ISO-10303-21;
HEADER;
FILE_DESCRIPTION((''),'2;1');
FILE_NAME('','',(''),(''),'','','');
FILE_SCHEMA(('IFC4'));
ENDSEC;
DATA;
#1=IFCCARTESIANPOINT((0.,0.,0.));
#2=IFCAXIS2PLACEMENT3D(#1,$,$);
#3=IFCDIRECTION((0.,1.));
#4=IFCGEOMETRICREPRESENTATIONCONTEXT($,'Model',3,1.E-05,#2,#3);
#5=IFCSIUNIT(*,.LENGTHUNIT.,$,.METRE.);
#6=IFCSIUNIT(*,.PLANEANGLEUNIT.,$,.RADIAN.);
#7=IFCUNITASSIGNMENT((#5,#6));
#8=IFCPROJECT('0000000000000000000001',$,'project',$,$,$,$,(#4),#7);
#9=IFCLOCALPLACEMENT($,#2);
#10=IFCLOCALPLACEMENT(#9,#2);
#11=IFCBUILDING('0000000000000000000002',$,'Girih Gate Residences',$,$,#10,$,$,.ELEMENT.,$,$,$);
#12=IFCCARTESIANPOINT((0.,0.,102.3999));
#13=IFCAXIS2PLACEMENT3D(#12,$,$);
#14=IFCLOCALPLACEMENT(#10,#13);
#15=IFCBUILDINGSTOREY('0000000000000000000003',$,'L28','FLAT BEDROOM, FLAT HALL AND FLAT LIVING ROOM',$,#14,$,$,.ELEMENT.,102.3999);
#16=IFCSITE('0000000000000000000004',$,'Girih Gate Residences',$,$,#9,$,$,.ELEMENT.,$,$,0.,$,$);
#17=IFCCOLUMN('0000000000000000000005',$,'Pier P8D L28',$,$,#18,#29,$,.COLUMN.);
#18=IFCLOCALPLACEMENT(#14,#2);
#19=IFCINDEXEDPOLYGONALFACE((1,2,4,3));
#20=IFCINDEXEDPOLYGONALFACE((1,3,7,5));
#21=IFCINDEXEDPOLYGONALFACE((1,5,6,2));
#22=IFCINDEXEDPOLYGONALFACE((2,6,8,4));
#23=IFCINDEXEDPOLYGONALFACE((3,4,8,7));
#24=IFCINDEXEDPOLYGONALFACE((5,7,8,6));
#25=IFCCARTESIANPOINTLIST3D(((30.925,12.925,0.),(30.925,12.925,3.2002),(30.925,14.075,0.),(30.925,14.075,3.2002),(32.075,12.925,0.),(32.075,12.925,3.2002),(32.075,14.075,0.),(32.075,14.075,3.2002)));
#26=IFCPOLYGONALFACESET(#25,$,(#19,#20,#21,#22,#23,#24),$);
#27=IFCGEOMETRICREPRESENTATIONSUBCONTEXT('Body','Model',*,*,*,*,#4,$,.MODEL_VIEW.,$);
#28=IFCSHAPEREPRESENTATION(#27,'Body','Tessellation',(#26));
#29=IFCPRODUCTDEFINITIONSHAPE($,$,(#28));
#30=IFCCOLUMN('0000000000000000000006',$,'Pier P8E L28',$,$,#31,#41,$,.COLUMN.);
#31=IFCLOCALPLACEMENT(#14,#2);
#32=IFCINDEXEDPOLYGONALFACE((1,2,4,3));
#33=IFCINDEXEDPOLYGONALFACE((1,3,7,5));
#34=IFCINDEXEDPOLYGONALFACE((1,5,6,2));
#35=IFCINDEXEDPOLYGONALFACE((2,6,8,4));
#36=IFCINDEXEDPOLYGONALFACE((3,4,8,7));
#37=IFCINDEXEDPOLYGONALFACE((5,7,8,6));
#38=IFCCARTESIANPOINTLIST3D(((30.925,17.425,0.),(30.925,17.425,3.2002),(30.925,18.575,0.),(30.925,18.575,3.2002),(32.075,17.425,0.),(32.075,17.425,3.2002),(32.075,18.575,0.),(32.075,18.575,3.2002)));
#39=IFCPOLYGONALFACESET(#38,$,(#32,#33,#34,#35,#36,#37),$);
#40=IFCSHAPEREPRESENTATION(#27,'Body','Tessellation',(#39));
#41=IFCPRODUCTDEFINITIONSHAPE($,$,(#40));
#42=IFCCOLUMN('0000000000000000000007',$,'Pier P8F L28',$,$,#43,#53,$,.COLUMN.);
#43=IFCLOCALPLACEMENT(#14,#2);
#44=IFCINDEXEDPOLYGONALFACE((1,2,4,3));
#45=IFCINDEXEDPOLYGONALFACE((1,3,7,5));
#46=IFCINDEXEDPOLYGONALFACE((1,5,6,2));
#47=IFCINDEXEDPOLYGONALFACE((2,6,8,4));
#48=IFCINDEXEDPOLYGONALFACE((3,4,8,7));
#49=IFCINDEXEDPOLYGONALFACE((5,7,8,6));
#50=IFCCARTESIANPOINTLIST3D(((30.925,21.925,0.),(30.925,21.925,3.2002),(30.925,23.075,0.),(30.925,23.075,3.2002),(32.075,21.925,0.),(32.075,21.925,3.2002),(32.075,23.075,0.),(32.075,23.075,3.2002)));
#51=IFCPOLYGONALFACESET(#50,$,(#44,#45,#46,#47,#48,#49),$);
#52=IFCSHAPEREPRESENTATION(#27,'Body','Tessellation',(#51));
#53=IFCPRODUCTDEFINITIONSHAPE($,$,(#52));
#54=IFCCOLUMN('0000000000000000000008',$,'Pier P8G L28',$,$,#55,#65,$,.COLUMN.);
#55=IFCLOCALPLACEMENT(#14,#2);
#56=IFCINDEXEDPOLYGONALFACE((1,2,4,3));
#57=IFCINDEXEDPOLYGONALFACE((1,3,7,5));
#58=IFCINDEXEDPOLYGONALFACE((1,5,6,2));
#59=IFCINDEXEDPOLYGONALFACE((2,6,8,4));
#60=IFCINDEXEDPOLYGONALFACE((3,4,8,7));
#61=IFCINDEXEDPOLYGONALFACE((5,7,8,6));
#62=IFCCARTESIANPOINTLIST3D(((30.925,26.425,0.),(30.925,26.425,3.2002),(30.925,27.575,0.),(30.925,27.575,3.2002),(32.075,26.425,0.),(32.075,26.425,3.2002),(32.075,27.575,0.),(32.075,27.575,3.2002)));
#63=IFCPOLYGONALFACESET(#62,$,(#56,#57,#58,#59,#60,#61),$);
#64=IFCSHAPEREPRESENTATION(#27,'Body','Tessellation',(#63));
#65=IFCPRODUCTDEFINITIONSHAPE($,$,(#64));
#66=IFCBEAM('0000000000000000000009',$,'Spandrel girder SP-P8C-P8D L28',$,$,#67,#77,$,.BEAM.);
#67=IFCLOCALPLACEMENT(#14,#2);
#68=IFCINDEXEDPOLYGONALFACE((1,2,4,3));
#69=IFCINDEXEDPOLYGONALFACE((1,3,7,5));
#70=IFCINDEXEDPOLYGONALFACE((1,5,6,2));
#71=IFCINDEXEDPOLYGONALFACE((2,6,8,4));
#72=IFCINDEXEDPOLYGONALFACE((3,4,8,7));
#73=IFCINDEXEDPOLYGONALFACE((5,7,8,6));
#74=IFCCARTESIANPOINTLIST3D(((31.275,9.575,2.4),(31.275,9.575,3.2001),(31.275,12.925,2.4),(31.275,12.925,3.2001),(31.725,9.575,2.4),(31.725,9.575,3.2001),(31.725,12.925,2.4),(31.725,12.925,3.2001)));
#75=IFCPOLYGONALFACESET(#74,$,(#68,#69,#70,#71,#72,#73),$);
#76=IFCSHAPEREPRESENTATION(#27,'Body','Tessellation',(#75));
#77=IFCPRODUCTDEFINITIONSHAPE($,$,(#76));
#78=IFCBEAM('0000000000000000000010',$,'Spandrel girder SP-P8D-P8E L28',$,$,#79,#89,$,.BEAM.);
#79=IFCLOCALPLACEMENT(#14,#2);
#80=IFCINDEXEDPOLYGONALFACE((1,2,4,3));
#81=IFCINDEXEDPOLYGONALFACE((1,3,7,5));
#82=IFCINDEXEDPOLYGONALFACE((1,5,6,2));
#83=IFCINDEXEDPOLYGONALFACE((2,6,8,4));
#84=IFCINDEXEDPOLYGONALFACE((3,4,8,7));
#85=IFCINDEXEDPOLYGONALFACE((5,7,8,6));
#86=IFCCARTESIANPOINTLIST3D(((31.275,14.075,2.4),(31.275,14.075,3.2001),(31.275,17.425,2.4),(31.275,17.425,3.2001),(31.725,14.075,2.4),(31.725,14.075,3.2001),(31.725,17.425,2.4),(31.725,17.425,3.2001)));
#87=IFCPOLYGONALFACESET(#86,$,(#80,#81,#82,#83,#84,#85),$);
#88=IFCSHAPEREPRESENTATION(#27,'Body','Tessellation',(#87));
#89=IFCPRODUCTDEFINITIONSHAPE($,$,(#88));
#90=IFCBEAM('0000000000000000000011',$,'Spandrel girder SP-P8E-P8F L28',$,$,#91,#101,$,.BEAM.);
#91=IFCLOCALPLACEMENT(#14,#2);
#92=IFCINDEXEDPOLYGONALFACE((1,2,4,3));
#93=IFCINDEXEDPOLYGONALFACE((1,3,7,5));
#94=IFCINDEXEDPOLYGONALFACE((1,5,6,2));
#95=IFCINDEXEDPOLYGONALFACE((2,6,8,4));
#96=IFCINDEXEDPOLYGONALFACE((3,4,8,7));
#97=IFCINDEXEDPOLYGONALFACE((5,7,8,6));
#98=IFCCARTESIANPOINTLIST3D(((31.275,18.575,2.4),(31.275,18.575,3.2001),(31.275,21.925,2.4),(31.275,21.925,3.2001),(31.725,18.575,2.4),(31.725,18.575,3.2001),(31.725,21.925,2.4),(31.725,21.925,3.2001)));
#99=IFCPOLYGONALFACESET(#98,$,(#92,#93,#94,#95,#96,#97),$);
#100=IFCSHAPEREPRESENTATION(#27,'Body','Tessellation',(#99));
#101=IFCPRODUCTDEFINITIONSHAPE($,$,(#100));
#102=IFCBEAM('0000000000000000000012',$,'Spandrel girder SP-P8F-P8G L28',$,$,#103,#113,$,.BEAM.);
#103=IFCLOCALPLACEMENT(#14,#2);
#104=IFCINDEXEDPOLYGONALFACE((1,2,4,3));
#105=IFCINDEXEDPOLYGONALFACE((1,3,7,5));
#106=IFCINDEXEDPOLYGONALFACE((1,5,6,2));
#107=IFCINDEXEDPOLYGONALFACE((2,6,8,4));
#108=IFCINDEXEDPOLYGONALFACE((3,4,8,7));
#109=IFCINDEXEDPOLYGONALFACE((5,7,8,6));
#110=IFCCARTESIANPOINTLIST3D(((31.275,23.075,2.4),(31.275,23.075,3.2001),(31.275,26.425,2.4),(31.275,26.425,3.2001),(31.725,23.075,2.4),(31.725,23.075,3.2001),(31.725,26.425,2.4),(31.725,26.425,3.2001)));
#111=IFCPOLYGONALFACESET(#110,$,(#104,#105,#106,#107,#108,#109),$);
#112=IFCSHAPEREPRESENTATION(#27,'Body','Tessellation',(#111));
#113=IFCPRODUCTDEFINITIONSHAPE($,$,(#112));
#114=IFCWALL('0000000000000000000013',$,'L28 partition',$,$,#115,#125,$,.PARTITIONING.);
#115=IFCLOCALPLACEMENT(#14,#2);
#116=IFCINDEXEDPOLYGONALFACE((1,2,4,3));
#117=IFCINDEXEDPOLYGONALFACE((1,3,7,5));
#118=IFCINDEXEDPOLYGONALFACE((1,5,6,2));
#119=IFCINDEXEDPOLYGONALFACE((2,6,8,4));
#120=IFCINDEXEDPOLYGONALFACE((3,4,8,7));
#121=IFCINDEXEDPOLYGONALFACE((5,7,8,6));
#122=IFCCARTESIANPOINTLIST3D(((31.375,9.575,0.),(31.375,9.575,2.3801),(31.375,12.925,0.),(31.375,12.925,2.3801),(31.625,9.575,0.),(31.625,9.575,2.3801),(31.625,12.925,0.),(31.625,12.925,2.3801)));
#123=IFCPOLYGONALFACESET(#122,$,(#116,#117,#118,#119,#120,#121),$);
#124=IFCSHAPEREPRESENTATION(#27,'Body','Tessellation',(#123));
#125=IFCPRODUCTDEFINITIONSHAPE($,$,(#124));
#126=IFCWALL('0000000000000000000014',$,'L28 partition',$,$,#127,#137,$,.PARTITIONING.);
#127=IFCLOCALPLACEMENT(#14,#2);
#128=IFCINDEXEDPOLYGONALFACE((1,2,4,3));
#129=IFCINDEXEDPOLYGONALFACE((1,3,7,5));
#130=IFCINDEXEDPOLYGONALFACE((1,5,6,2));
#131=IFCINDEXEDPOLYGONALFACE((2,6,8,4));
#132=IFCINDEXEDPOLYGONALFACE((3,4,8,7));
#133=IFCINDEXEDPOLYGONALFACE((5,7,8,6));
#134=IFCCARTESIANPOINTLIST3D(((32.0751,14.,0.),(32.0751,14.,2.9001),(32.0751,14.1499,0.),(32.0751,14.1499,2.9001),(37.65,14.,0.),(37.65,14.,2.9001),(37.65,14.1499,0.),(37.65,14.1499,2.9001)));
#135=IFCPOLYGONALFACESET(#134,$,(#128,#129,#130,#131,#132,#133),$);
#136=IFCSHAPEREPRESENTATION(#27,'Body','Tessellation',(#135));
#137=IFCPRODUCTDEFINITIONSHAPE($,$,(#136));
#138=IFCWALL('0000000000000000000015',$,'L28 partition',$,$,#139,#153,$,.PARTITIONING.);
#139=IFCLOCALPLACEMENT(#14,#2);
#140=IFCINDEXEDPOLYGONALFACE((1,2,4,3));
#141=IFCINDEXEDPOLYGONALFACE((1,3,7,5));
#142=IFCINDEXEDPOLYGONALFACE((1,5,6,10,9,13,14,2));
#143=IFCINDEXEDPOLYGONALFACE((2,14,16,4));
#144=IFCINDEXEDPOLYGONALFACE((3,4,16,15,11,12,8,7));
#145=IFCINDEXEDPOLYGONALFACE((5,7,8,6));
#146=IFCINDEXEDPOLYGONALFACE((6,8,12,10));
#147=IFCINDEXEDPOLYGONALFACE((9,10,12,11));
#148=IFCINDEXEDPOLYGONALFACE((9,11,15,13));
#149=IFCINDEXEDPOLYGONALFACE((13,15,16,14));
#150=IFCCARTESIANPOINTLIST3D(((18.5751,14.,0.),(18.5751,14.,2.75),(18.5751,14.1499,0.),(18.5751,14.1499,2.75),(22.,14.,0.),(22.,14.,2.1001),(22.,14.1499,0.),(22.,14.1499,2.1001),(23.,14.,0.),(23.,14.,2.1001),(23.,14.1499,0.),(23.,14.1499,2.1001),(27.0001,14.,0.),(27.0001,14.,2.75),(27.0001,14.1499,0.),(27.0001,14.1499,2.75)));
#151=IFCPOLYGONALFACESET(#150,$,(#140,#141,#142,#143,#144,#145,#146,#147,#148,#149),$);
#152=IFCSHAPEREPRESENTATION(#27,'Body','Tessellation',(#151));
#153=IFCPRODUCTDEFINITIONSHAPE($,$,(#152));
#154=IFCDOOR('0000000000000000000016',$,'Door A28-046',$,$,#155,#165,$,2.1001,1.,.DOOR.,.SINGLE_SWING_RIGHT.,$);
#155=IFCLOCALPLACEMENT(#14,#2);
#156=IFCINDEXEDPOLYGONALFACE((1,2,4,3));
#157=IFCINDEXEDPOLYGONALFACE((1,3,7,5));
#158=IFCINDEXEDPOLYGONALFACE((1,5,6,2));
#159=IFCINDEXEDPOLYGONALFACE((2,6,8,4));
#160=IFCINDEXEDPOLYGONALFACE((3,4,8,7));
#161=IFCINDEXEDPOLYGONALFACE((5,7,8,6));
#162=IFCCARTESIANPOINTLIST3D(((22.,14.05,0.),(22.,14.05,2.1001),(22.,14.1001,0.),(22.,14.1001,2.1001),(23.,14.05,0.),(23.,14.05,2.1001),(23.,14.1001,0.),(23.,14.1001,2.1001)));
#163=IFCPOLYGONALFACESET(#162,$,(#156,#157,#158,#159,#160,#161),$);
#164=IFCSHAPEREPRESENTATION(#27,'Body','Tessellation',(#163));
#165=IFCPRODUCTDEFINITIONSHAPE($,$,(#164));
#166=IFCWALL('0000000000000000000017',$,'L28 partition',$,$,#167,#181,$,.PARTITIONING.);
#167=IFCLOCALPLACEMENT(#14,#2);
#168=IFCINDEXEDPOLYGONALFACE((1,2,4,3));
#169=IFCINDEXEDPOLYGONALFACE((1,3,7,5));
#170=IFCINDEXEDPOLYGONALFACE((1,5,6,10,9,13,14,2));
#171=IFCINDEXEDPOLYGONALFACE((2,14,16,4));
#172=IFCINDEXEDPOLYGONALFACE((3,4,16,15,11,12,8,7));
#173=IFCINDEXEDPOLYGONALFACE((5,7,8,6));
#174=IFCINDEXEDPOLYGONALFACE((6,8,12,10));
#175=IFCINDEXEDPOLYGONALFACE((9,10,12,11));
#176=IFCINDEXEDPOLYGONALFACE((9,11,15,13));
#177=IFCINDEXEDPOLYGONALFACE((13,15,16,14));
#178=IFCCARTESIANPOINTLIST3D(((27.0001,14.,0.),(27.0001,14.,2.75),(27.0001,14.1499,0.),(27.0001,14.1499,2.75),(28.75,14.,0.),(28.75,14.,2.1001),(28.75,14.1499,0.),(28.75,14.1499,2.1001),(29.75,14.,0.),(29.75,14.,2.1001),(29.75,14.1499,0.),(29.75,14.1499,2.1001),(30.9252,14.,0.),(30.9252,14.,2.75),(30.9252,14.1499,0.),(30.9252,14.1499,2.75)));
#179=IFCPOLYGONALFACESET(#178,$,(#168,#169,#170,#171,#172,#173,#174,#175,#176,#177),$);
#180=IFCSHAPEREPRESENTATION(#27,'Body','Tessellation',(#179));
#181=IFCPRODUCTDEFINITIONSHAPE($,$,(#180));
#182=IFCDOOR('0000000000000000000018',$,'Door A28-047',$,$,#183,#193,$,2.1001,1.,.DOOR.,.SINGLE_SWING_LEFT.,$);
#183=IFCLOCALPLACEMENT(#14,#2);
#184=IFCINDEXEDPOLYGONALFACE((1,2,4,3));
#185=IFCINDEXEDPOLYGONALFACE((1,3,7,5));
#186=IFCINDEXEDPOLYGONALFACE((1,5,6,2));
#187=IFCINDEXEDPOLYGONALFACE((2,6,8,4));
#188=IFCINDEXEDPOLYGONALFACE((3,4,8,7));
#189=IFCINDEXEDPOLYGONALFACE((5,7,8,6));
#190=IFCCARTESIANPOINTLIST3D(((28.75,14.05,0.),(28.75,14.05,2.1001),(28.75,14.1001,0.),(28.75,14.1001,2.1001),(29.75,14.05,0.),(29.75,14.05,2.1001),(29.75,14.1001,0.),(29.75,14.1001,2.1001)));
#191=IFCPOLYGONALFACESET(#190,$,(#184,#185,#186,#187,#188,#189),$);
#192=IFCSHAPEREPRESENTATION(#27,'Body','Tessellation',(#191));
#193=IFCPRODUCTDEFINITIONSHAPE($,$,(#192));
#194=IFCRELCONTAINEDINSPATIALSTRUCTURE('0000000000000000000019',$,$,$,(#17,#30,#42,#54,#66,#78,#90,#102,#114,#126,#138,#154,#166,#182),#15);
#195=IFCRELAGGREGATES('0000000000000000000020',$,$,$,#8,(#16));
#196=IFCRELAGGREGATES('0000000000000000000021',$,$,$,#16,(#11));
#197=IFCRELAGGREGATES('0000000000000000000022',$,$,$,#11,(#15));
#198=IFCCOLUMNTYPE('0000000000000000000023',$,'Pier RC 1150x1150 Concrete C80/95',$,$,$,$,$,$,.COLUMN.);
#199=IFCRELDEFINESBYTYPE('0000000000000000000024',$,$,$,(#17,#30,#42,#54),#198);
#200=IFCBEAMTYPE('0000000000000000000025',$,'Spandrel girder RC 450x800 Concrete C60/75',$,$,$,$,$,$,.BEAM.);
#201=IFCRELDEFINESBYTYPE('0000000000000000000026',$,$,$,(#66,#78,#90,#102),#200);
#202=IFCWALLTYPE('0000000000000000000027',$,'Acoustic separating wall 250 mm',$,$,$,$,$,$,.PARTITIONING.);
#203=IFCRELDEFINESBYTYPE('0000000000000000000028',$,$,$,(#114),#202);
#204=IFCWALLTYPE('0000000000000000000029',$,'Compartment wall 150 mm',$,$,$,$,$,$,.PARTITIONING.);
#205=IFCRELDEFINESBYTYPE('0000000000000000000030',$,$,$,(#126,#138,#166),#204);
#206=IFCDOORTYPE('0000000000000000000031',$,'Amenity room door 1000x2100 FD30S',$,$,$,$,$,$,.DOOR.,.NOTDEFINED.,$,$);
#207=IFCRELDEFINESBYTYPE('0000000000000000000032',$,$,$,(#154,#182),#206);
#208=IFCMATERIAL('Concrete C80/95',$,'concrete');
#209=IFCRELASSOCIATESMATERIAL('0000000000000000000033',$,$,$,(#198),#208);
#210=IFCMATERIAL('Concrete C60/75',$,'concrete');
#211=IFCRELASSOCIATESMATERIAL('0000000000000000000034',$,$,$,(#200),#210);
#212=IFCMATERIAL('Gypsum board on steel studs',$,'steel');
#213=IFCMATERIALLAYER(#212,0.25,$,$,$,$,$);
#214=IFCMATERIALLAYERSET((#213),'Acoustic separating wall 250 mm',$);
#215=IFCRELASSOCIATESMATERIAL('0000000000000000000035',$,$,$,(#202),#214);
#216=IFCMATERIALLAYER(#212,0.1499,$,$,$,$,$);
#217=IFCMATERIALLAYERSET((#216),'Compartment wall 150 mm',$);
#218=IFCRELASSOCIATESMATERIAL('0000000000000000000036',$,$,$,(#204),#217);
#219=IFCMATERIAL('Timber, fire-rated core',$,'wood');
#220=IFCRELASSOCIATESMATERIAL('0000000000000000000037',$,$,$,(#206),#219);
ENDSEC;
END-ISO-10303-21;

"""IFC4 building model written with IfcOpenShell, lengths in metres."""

from ifc_helpers import new_model, si_unit, direction, frame, frame_2d, origin, origin_2d, place, context, subcontext, project, spatial, rectangle, extrude, material, layer, layer_set, material_profile, profile_set, type_object, element, fill, save


model = new_model("IFC4")

# Units and contexts
model_context = context("Model", 3, precision=1e-05, world=origin(), true_north=direction((0.0, 1.0)))
body_context = subcontext(model_context, "Body", "Model", "MODEL_VIEW")
ifc_project = project(units=[si_unit("LENGTHUNIT", "METRE"), si_unit("PLANEANGLEUNIT", "RADIAN")], contexts=[model_context])

# Site, building, storey
site_placement = place(None, origin())
site = spatial("IfcSite", under=ifc_project, at=site_placement, Name="Girih Gate Residences", CompositionType="ELEMENT", RefElevation=0.0)
building_placement = place(site_placement, origin())
building = spatial("IfcBuilding", under=site, at=building_placement, Name="Girih Gate Residences", CompositionType="ELEMENT")
storey_placement = place(building_placement, frame((0.0, 0.0, 102.3999)))
storey = spatial("IfcBuildingStorey", under=building, at=storey_placement, Name="L28", Description="FLAT BEDROOM, FLAT HALL AND FLAT LIVING ROOM", CompositionType="ELEMENT", Elevation=102.3999)

# Columns
ifc_material_1 = material(Name="Concrete C80/95", Category="concrete")
ifc_material_profile_1 = material_profile(ifc_material_1, rectangle(XDim=1.1499, YDim=1.1499, at=origin_2d()))
ifc_profile_set_1 = profile_set([ifc_material_profile_1], Name="Concrete C80/95")
column_type = type_object("IfcColumnType", Name="Pier RC 1150x1150 Concrete C80/95", PredefinedType="COLUMN", material=ifc_profile_set_1)
for number, where, z_axis, x_axis, name in (
    (1, (31.5, 13.5, 0.0), (0.0, 0.0, 1.0), (1.0, 0.0, 0.0), "Pier P8D L28"),
    (2, (31.5, 18.0, 0.0), (0.0, 0.0, 1.0), (1.0, 0.0, 0.0), "Pier P8E L28"),
    (3, (31.5, 22.5, 0.0), (0.0, 0.0, 1.0), (1.0, 0.0, 0.0), "Pier P8F L28"),
    (4, (31.5, 27.0, 0.0), (0.0, 0.0, 1.0), (1.0, 0.0, 0.0), "Pier P8G L28"),
):
    element("IfcColumn", number, at=place(storey_placement, frame(where, z_axis=z_axis, x_axis=x_axis)), inside=storey, type_object=column_type, Name=name, PredefinedType="COLUMN", context=body_context, shape_type="SweptSolid", body=[
        extrude(rectangle(XDim=1.1499, YDim=1.1499, at=origin_2d()), origin(), (0.0, 0.0, 1.0), 3.2002),
    ])

# Beams
ifc_material_2 = material(Name="Concrete C60/75", Category="concrete")
ifc_material_profile_2 = material_profile(ifc_material_2, rectangle(XDim=0.45, YDim=0.8, at=origin_2d()))
ifc_profile_set_2 = profile_set([ifc_material_profile_2], Name="Concrete C60/75")
beam_type = type_object("IfcBeamType", Name="Spandrel girder RC 450x800 Concrete C60/75", PredefinedType="BEAM", material=ifc_profile_set_2)
for number, where, z_axis, x_axis, name in (
    (5, (31.5, 9.575, 2.8), (0.0, 1.0, 0.0), (-1.0, 0.0, 0.0), "Spandrel girder SP-P8C-P8D L28"),
    (6, (31.5, 14.075, 2.8), (0.0, 1.0, 0.0), (-1.0, 0.0, 0.0), "Spandrel girder SP-P8D-P8E L28"),
    (7, (31.5, 18.575, 2.8), (0.0, 1.0, 0.0), (-1.0, 0.0, 0.0), "Spandrel girder SP-P8E-P8F L28"),
    (8, (31.5, 23.075, 2.8), (0.0, 1.0, 0.0), (-1.0, 0.0, 0.0), "Spandrel girder SP-P8F-P8G L28"),
):
    element("IfcBeam", number, at=place(storey_placement, frame(where, z_axis=z_axis, x_axis=x_axis)), inside=storey, type_object=beam_type, Name=name, PredefinedType="BEAM", context=body_context, shape_type="SweptSolid", body=[
        extrude(rectangle(XDim=0.45, YDim=0.8, at=origin_2d()), origin(), (0.0, 0.0, 1.0), 3.3501),
    ])

# Walls
ifc_material_3 = material(Name="Gypsum board on steel studs", Category="steel")
ifc_layer_1 = layer(ifc_material_3, 0.25)
ifc_layer_set_1 = layer_set([ifc_layer_1], Name="Acoustic separating wall 250 mm")
wall_type_1 = type_object("IfcWallType", Name="Acoustic separating wall 250 mm", PredefinedType="PARTITIONING", material=ifc_layer_set_1)
wall_1_placement = place(storey_placement, frame((31.5, 9.575, 0.0), z_axis=(0.0, 0.0, 1.0), x_axis=(0.0, 1.0, 0.0)))
element("IfcWall", 9, at=wall_1_placement, inside=storey, type_object=wall_type_1, Name="L28 partition", PredefinedType="PARTITIONING", context=body_context, shape_type="SweptSolid", body=[
    extrude(rectangle(XDim=3.3501, YDim=0.25, at=frame_2d((1.675, 0.0))), origin(), (0.0, 0.0, 1.0), 2.3801),
])
ifc_layer_2 = layer(ifc_material_3, 0.1499)
ifc_layer_set_2 = layer_set([ifc_layer_2], Name="Compartment wall 150 mm")
wall_type_2 = type_object("IfcWallType", Name="Compartment wall 150 mm", PredefinedType="PARTITIONING", material=ifc_layer_set_2)
wall_2_placement = place(storey_placement, frame((32.075, 14.075, 0.0), z_axis=(0.0, 0.0, 1.0), x_axis=(1.0, 0.0, 0.0)))
element("IfcWall", 10, at=wall_2_placement, inside=storey, type_object=wall_type_2, Name="L28 partition", PredefinedType="PARTITIONING", context=body_context, shape_type="SweptSolid", body=[
    extrude(rectangle(XDim=5.575, YDim=0.1499, at=frame_2d((2.7876, 0.0))), origin(), (0.0, 0.0, 1.0), 2.9001),
])

# Walls, openings, doors
wall_3_placement = place(storey_placement, frame((27.0, 14.075, 0.0), z_axis=(0.0, 0.0, 1.0), x_axis=(-1.0, 0.0, 0.0)))
wall_3 = element("IfcWall", 11, at=wall_3_placement, inside=storey, type_object=wall_type_2, Name="L28 partition", PredefinedType="PARTITIONING", context=body_context, shape_type="SweptSolid", body=[
    extrude(rectangle(XDim=8.425, YDim=0.1499, at=frame_2d((4.2124, 0.0))), origin(), (0.0, 0.0, 1.0), 2.75),
])
opening_1_placement = place(wall_3_placement, frame((4.0, 0.0, 0.0)))
opening_1 = element("IfcOpeningElement", 12, at=opening_1_placement, cuts=wall_3, PredefinedType="OPENING", context=body_context, shape_type="SweptSolid", body=[
    extrude(rectangle(XDim=1.0, YDim=2.1001, at=frame_2d((0.5, 1.05))), frame((0.0, 0.085, 0.0), z_axis=(0.0, -1.0, 0.0), x_axis=(1.0, 0.0, 0.0)), (0.0, 0.0, 1.0), 0.1699),
])
ifc_material_4 = material(Name="Timber, fire-rated core", Category="wood")
door_type_1 = type_object("IfcDoorType", Name="Amenity room door 1000x2100 FD30S", OperationType="NOTDEFINED", PredefinedType="DOOR", material=ifc_material_4)
door_1_placement = place(opening_1_placement, origin())
door_1 = element("IfcDoor", 13, at=door_1_placement, inside=storey, type_object=door_type_1, Name="Door A28-046", OperationType="SINGLE_SWING_RIGHT", OverallHeight=2.1001, OverallWidth=1.0, PredefinedType="DOOR", context=body_context, shape_type="SweptSolid", body=[
    extrude(rectangle(XDim=1.0, YDim=2.1001, at=frame_2d((0.5, 1.05))), frame((0.0, 0.0249, 0.0), z_axis=(0.0, -1.0, 0.0), x_axis=(1.0, 0.0, 0.0)), (0.0, 0.0, 1.0), 0.05),
])
fill(opening_1, door_1)
wall_4_placement = place(storey_placement, frame((30.925, 14.075, 0.0), z_axis=(0.0, 0.0, 1.0), x_axis=(-1.0, 0.0, 0.0)))
wall_4 = element("IfcWall", 14, at=wall_4_placement, inside=storey, type_object=wall_type_2, Name="L28 partition", PredefinedType="PARTITIONING", context=body_context, shape_type="SweptSolid", body=[
    extrude(rectangle(XDim=3.925, YDim=0.1499, at=frame_2d((1.9624, 0.0))), origin(), (0.0, 0.0, 1.0), 2.75),
])
opening_2_placement = place(wall_4_placement, frame((1.175, 0.0, 0.0)))
opening_2 = element("IfcOpeningElement", 15, at=opening_2_placement, cuts=wall_4, PredefinedType="OPENING", context=body_context, shape_type="SweptSolid", body=[
    extrude(rectangle(XDim=1.0, YDim=2.1001, at=frame_2d((0.5, 1.05))), frame((0.0, 0.085, 0.0), z_axis=(0.0, -1.0, 0.0), x_axis=(1.0, 0.0, 0.0)), (0.0, 0.0, 1.0), 0.1699),
])
door_2_placement = place(opening_2_placement, origin())
door_2 = element("IfcDoor", 16, at=door_2_placement, inside=storey, type_object=door_type_1, Name="Door A28-047", OperationType="SINGLE_SWING_LEFT", OverallHeight=2.1001, OverallWidth=1.0, PredefinedType="DOOR", context=body_context, shape_type="SweptSolid", body=[
    extrude(rectangle(XDim=1.0, YDim=2.1001, at=frame_2d((0.5, 1.05))), frame((0.0, 0.0249, 0.0), z_axis=(0.0, -1.0, 0.0), x_axis=(1.0, 0.0, 0.0)), (0.0, 0.0, 1.0), 0.05),
])
fill(opening_2, door_2)

save(model, "model.ifc")
